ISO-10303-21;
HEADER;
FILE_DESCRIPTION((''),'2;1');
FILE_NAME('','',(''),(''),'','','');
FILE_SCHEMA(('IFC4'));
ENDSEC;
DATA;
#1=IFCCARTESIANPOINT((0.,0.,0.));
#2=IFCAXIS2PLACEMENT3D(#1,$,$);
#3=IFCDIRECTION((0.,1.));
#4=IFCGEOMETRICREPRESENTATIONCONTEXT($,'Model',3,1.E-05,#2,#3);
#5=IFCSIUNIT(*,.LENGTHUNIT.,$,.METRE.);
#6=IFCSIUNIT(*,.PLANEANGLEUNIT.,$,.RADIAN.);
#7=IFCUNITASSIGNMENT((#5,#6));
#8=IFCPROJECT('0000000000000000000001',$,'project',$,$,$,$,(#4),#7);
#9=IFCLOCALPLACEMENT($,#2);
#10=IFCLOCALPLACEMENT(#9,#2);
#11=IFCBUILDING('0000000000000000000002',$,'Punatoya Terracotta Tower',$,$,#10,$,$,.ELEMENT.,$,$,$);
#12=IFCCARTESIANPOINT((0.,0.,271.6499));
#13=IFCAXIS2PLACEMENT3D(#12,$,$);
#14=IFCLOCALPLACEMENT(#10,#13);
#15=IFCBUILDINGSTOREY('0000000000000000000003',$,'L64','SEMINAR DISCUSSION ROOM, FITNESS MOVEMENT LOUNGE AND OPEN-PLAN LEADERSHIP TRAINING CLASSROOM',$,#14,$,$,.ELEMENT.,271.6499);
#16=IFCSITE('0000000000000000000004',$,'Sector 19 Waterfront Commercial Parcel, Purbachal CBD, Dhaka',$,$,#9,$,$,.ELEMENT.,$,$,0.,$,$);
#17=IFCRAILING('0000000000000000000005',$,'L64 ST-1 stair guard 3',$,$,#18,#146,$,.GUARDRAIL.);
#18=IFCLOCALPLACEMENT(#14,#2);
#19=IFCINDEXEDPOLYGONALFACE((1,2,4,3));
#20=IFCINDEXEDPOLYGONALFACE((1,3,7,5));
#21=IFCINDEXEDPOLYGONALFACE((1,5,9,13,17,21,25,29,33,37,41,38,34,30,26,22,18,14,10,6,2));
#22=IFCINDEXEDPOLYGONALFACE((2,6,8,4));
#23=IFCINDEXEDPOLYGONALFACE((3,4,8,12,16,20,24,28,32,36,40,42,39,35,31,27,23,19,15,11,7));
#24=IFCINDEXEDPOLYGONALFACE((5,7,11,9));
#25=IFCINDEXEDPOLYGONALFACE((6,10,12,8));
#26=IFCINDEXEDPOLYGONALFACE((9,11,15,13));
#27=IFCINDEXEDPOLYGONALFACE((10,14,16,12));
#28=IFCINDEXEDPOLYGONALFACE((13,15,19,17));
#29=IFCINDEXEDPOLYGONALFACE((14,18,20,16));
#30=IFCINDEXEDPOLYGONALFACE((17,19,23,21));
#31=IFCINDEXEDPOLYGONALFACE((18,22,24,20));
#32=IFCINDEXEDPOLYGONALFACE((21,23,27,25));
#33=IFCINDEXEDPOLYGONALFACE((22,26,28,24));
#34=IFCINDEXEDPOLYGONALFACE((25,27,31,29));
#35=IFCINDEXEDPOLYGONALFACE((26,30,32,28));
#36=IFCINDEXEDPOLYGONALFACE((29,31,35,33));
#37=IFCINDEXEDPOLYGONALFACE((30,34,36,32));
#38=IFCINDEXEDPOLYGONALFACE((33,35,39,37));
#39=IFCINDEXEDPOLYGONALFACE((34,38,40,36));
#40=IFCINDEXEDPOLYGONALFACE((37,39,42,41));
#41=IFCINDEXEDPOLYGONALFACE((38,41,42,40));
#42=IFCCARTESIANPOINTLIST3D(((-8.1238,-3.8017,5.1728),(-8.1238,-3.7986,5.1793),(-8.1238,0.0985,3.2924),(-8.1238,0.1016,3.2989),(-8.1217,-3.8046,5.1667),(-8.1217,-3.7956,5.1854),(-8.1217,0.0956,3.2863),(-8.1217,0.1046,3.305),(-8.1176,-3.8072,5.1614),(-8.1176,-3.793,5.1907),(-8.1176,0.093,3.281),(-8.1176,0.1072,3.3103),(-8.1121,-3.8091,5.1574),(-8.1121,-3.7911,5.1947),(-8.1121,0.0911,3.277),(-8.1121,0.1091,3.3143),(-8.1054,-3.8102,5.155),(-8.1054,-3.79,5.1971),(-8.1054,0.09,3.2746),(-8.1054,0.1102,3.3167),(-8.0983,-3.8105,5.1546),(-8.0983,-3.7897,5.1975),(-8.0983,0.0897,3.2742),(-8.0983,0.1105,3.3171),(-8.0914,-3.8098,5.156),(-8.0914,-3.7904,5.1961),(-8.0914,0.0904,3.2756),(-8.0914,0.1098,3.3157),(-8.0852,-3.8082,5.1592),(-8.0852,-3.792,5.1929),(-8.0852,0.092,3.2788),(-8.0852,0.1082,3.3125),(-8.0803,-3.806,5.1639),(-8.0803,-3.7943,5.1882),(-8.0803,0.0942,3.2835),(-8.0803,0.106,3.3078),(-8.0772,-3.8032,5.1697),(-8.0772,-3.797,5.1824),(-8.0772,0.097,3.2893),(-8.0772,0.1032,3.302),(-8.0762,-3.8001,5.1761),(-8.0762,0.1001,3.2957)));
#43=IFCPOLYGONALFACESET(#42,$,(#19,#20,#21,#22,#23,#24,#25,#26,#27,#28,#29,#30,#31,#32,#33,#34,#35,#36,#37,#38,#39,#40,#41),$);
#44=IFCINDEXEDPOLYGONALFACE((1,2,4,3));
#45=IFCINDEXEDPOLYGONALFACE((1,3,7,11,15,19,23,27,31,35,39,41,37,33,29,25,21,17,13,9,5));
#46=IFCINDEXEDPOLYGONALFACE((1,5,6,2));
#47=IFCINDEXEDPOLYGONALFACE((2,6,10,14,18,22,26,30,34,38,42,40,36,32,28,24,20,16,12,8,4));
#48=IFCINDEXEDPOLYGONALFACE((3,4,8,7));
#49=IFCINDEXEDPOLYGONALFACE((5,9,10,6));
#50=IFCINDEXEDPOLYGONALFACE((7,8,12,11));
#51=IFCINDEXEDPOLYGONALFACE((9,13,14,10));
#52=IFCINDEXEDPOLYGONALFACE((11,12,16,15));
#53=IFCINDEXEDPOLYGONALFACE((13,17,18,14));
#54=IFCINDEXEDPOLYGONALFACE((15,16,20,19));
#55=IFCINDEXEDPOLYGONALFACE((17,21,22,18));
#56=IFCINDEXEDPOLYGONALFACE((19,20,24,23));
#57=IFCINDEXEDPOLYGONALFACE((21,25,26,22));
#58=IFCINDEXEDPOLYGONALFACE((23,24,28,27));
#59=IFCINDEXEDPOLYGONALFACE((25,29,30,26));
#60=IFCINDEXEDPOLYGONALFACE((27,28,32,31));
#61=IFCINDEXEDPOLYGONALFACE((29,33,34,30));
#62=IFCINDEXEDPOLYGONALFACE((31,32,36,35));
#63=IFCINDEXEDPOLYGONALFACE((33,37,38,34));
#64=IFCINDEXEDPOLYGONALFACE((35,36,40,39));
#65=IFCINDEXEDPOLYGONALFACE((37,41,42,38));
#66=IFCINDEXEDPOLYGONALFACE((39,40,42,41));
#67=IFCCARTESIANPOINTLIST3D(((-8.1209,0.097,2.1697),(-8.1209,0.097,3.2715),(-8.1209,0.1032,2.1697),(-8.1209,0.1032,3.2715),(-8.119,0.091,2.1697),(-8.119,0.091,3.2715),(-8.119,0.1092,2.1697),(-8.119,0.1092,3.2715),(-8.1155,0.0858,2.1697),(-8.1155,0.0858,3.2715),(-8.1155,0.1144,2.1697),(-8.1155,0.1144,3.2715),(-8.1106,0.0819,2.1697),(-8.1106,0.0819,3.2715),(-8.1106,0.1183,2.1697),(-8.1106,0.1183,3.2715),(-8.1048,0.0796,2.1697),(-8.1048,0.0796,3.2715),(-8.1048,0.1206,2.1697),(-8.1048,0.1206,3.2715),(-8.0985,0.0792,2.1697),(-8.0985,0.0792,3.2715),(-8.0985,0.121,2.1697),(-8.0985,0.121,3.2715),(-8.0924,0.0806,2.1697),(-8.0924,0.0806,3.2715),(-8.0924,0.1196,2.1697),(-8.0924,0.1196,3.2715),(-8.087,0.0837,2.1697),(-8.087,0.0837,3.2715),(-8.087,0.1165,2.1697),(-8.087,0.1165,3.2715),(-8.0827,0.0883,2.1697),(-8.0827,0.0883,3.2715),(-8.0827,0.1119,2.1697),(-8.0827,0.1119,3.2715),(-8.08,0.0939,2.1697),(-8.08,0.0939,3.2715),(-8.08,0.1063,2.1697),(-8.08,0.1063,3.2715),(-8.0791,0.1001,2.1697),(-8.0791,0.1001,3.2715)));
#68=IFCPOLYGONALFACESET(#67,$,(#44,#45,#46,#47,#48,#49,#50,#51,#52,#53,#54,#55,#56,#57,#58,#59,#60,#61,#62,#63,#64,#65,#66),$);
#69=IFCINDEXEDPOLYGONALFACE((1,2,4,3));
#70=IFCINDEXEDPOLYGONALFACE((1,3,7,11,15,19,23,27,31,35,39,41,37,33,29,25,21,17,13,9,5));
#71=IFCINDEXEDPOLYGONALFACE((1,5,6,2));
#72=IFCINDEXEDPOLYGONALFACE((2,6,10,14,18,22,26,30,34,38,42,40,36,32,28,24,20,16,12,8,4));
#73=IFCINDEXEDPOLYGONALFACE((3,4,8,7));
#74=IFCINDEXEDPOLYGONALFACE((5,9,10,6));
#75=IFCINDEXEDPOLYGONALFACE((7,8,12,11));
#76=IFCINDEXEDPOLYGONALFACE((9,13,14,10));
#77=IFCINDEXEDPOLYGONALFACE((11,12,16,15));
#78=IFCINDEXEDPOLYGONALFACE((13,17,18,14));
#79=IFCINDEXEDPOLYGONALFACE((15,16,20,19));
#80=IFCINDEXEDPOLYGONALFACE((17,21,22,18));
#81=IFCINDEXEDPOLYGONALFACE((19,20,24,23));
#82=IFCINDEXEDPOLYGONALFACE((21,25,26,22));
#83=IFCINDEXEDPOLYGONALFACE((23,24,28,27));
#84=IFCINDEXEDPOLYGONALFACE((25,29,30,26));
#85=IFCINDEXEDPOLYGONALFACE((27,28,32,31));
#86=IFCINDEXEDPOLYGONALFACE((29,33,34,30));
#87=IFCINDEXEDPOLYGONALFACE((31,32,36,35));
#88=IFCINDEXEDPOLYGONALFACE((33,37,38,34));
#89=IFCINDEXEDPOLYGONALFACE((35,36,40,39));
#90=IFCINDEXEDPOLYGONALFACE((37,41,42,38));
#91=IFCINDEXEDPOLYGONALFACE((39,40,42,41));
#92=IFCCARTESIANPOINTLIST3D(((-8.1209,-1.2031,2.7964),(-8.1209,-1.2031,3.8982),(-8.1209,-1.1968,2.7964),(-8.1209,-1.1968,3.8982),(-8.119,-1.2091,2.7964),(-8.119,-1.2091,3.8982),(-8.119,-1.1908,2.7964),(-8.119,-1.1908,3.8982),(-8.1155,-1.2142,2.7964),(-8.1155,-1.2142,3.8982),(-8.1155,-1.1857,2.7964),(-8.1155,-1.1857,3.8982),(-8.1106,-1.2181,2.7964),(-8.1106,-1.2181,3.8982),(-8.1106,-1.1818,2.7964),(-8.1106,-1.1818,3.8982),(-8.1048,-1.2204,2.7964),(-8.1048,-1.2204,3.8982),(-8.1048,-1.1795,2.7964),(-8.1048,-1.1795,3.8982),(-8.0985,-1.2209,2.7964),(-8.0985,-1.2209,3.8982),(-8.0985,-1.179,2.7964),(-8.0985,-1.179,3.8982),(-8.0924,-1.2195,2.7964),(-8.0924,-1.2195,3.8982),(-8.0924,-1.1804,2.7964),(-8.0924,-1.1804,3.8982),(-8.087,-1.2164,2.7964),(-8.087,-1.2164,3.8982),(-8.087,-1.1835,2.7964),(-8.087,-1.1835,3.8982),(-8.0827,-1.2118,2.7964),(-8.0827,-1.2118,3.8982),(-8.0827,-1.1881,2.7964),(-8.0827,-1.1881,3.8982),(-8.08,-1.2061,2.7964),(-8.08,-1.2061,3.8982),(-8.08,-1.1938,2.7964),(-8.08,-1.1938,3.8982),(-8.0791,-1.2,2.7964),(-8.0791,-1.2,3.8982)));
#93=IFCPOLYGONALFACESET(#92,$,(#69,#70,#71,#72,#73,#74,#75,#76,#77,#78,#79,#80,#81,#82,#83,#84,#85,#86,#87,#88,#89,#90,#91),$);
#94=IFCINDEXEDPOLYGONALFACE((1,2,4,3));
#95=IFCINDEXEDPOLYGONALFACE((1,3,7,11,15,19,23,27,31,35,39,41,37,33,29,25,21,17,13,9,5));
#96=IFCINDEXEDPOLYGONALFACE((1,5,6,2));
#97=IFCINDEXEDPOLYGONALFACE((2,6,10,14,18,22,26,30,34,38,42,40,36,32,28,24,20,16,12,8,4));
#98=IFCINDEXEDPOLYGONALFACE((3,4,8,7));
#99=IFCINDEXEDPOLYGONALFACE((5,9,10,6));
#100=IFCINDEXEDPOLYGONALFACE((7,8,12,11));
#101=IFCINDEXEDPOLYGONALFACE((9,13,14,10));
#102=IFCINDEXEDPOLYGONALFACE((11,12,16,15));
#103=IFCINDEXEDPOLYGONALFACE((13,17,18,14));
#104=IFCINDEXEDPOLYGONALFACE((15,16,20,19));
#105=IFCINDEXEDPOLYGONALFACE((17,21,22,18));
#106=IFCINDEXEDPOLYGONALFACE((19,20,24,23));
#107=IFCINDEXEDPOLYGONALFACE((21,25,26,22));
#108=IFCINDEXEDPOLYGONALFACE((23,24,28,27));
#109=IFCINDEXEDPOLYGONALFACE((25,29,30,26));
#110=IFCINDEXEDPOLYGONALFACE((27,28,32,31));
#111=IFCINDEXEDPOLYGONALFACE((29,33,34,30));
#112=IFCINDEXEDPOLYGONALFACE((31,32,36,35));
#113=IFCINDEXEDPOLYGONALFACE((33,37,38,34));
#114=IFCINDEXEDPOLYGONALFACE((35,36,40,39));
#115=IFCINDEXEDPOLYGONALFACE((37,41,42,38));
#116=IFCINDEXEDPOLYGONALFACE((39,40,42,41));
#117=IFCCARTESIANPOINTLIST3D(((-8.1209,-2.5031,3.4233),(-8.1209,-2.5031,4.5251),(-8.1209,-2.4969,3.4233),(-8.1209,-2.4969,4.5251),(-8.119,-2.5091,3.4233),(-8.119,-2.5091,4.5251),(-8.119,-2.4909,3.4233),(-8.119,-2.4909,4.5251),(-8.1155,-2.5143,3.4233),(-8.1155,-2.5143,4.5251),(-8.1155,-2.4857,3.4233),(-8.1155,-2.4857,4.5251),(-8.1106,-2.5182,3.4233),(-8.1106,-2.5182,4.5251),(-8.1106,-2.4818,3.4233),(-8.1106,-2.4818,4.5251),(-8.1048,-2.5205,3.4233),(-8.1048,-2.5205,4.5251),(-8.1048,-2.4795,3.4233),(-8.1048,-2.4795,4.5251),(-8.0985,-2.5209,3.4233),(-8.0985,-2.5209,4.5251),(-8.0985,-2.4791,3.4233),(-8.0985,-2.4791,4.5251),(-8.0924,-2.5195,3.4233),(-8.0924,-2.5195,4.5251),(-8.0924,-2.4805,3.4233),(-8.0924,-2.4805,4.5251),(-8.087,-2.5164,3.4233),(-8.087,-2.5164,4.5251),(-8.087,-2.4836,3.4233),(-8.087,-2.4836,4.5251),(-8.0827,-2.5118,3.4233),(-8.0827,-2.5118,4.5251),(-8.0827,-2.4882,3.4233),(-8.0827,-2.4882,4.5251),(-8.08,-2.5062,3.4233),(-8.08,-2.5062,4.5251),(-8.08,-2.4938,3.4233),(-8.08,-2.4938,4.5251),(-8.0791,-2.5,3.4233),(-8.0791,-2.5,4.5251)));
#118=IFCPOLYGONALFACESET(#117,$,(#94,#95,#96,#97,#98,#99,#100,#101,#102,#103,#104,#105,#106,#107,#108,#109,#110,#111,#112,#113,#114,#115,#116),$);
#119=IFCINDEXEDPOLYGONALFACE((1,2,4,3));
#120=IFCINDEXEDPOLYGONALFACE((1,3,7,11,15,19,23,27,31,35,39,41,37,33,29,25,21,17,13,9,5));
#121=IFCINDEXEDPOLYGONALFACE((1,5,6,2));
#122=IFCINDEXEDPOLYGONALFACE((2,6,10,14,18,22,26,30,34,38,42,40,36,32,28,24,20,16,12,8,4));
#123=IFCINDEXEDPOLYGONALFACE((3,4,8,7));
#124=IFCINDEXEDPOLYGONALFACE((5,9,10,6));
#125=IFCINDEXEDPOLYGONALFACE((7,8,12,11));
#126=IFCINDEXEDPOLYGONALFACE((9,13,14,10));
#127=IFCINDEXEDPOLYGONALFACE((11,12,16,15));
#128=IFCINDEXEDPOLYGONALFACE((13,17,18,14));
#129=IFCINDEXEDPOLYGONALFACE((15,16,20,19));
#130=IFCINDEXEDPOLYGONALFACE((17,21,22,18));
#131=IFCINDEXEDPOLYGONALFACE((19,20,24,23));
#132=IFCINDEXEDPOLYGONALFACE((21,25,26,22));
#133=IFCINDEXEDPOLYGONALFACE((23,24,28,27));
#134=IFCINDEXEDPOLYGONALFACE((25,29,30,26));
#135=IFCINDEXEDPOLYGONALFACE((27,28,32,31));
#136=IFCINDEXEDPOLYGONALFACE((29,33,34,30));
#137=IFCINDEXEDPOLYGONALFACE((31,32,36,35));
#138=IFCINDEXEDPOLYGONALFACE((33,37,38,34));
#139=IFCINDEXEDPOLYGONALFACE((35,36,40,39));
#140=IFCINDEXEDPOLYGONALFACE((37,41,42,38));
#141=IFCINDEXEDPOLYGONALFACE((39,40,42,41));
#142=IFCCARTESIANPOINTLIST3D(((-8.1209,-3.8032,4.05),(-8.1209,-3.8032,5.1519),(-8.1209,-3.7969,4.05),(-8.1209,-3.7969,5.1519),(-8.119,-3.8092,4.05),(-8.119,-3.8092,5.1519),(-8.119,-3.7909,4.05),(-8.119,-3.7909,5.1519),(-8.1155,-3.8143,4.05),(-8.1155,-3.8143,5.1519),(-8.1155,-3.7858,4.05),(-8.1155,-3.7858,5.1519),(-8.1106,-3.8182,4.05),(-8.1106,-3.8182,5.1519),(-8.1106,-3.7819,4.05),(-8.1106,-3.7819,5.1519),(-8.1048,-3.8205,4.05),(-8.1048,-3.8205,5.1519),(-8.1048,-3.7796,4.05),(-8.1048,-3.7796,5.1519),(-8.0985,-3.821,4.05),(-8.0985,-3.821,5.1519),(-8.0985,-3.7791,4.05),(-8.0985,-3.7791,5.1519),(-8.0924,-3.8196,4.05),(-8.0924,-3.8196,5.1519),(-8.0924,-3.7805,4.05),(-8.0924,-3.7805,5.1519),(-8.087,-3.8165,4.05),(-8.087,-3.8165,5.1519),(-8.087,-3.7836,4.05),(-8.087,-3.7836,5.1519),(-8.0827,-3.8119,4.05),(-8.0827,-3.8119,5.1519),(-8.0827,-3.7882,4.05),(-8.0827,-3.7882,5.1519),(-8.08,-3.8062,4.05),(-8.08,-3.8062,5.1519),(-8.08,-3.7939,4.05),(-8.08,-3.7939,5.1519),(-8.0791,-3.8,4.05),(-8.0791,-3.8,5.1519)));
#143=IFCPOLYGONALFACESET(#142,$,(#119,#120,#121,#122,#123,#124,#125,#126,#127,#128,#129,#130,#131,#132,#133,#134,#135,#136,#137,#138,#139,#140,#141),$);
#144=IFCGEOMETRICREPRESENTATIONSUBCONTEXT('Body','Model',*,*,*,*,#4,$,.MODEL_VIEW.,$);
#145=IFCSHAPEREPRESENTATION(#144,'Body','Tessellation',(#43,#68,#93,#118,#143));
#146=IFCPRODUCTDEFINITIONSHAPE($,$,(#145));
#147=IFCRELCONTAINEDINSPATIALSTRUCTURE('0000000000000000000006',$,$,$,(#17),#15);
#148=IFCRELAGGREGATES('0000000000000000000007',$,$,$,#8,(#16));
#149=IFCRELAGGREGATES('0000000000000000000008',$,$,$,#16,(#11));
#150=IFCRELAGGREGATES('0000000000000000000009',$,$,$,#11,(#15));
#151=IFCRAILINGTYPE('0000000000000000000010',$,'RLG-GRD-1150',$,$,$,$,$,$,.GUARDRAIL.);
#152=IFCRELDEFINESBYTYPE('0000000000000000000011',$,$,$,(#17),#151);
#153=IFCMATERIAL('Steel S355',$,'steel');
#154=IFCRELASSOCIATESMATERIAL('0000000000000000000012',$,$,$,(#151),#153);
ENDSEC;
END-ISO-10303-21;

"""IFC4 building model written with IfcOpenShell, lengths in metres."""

from ifc_helpers import new_model, si_unit, direction, frame, origin, origin_2d, place, context, subcontext, project, spatial, circle, extrude, material, type_object, element, save


model = new_model("IFC4")

# Units and contexts
model_context = context("Model", 3, precision=1e-05, world=origin(), true_north=direction((0.0, 1.0)))
body_context = subcontext(model_context, "Body", "Model", "MODEL_VIEW")
ifc_project = project(units=[si_unit("LENGTHUNIT", "METRE"), si_unit("PLANEANGLEUNIT", "RADIAN")], contexts=[model_context])

# Site, building, storey
site_placement = place(None, origin())
site = spatial("IfcSite", under=ifc_project, at=site_placement, Name="Sector 19 Waterfront Commercial Parcel, Purbachal CBD, Dhaka", CompositionType="ELEMENT", RefElevation=0.0)
building_placement = place(site_placement, origin())
building = spatial("IfcBuilding", under=site, at=building_placement, Name="Punatoya Terracotta Tower", CompositionType="ELEMENT")
storey_placement = place(building_placement, frame((0.0, 0.0, 271.6499)))
storey = spatial("IfcBuildingStorey", under=building, at=storey_placement, Name="L64", Description="SEMINAR DISCUSSION ROOM, FITNESS MOVEMENT LOUNGE AND OPEN-PLAN LEADERSHIP TRAINING CLASSROOM", CompositionType="ELEMENT", Elevation=271.6499)

# Shared definitions
ifc_material_1 = material(Name="Steel S355", Category="steel")

# Railing
railing_type_1 = type_object("IfcRailingType", Name="RLG-GRD-1150", PredefinedType="GUARDRAIL", material=ifc_material_1)
railing_1_placement = place(storey_placement, frame((-8.1001, 0.1001, 2.1697)))
element("IfcRailing", 1, at=railing_1_placement, inside=storey, type_object=railing_type_1, Name="L64 ST-1 stair guard 3", PredefinedType="GUARDRAIL", context=body_context, shape_type="SweptSolid", body=[
    extrude(circle(Radius=0.0239, at=origin_2d()), frame((0.0, 0.0, 1.126), z_axis=(0.0, -0.900774, 0.434289), x_axis=(1.0, 0.0, 0.0)), (0.0, 0.0, 1.0), 4.3298),
    extrude(circle(Radius=0.021, at=origin_2d()), origin(), (0.0, 0.0, 1.0), 1.1018),
    extrude(circle(Radius=0.021, at=origin_2d()), frame((0.0, -1.3, 0.6267)), (0.0, 0.0, 1.0), 1.1018),
    extrude(circle(Radius=0.021, at=origin_2d()), frame((0.0, -2.6001, 1.2537)), (0.0, 0.0, 1.0), 1.1018),
    extrude(circle(Radius=0.021, at=origin_2d()), frame((0.0, -3.9001, 1.8804)), (0.0, 0.0, 1.0), 1.1018),
])

save(model, "model.ifc")
